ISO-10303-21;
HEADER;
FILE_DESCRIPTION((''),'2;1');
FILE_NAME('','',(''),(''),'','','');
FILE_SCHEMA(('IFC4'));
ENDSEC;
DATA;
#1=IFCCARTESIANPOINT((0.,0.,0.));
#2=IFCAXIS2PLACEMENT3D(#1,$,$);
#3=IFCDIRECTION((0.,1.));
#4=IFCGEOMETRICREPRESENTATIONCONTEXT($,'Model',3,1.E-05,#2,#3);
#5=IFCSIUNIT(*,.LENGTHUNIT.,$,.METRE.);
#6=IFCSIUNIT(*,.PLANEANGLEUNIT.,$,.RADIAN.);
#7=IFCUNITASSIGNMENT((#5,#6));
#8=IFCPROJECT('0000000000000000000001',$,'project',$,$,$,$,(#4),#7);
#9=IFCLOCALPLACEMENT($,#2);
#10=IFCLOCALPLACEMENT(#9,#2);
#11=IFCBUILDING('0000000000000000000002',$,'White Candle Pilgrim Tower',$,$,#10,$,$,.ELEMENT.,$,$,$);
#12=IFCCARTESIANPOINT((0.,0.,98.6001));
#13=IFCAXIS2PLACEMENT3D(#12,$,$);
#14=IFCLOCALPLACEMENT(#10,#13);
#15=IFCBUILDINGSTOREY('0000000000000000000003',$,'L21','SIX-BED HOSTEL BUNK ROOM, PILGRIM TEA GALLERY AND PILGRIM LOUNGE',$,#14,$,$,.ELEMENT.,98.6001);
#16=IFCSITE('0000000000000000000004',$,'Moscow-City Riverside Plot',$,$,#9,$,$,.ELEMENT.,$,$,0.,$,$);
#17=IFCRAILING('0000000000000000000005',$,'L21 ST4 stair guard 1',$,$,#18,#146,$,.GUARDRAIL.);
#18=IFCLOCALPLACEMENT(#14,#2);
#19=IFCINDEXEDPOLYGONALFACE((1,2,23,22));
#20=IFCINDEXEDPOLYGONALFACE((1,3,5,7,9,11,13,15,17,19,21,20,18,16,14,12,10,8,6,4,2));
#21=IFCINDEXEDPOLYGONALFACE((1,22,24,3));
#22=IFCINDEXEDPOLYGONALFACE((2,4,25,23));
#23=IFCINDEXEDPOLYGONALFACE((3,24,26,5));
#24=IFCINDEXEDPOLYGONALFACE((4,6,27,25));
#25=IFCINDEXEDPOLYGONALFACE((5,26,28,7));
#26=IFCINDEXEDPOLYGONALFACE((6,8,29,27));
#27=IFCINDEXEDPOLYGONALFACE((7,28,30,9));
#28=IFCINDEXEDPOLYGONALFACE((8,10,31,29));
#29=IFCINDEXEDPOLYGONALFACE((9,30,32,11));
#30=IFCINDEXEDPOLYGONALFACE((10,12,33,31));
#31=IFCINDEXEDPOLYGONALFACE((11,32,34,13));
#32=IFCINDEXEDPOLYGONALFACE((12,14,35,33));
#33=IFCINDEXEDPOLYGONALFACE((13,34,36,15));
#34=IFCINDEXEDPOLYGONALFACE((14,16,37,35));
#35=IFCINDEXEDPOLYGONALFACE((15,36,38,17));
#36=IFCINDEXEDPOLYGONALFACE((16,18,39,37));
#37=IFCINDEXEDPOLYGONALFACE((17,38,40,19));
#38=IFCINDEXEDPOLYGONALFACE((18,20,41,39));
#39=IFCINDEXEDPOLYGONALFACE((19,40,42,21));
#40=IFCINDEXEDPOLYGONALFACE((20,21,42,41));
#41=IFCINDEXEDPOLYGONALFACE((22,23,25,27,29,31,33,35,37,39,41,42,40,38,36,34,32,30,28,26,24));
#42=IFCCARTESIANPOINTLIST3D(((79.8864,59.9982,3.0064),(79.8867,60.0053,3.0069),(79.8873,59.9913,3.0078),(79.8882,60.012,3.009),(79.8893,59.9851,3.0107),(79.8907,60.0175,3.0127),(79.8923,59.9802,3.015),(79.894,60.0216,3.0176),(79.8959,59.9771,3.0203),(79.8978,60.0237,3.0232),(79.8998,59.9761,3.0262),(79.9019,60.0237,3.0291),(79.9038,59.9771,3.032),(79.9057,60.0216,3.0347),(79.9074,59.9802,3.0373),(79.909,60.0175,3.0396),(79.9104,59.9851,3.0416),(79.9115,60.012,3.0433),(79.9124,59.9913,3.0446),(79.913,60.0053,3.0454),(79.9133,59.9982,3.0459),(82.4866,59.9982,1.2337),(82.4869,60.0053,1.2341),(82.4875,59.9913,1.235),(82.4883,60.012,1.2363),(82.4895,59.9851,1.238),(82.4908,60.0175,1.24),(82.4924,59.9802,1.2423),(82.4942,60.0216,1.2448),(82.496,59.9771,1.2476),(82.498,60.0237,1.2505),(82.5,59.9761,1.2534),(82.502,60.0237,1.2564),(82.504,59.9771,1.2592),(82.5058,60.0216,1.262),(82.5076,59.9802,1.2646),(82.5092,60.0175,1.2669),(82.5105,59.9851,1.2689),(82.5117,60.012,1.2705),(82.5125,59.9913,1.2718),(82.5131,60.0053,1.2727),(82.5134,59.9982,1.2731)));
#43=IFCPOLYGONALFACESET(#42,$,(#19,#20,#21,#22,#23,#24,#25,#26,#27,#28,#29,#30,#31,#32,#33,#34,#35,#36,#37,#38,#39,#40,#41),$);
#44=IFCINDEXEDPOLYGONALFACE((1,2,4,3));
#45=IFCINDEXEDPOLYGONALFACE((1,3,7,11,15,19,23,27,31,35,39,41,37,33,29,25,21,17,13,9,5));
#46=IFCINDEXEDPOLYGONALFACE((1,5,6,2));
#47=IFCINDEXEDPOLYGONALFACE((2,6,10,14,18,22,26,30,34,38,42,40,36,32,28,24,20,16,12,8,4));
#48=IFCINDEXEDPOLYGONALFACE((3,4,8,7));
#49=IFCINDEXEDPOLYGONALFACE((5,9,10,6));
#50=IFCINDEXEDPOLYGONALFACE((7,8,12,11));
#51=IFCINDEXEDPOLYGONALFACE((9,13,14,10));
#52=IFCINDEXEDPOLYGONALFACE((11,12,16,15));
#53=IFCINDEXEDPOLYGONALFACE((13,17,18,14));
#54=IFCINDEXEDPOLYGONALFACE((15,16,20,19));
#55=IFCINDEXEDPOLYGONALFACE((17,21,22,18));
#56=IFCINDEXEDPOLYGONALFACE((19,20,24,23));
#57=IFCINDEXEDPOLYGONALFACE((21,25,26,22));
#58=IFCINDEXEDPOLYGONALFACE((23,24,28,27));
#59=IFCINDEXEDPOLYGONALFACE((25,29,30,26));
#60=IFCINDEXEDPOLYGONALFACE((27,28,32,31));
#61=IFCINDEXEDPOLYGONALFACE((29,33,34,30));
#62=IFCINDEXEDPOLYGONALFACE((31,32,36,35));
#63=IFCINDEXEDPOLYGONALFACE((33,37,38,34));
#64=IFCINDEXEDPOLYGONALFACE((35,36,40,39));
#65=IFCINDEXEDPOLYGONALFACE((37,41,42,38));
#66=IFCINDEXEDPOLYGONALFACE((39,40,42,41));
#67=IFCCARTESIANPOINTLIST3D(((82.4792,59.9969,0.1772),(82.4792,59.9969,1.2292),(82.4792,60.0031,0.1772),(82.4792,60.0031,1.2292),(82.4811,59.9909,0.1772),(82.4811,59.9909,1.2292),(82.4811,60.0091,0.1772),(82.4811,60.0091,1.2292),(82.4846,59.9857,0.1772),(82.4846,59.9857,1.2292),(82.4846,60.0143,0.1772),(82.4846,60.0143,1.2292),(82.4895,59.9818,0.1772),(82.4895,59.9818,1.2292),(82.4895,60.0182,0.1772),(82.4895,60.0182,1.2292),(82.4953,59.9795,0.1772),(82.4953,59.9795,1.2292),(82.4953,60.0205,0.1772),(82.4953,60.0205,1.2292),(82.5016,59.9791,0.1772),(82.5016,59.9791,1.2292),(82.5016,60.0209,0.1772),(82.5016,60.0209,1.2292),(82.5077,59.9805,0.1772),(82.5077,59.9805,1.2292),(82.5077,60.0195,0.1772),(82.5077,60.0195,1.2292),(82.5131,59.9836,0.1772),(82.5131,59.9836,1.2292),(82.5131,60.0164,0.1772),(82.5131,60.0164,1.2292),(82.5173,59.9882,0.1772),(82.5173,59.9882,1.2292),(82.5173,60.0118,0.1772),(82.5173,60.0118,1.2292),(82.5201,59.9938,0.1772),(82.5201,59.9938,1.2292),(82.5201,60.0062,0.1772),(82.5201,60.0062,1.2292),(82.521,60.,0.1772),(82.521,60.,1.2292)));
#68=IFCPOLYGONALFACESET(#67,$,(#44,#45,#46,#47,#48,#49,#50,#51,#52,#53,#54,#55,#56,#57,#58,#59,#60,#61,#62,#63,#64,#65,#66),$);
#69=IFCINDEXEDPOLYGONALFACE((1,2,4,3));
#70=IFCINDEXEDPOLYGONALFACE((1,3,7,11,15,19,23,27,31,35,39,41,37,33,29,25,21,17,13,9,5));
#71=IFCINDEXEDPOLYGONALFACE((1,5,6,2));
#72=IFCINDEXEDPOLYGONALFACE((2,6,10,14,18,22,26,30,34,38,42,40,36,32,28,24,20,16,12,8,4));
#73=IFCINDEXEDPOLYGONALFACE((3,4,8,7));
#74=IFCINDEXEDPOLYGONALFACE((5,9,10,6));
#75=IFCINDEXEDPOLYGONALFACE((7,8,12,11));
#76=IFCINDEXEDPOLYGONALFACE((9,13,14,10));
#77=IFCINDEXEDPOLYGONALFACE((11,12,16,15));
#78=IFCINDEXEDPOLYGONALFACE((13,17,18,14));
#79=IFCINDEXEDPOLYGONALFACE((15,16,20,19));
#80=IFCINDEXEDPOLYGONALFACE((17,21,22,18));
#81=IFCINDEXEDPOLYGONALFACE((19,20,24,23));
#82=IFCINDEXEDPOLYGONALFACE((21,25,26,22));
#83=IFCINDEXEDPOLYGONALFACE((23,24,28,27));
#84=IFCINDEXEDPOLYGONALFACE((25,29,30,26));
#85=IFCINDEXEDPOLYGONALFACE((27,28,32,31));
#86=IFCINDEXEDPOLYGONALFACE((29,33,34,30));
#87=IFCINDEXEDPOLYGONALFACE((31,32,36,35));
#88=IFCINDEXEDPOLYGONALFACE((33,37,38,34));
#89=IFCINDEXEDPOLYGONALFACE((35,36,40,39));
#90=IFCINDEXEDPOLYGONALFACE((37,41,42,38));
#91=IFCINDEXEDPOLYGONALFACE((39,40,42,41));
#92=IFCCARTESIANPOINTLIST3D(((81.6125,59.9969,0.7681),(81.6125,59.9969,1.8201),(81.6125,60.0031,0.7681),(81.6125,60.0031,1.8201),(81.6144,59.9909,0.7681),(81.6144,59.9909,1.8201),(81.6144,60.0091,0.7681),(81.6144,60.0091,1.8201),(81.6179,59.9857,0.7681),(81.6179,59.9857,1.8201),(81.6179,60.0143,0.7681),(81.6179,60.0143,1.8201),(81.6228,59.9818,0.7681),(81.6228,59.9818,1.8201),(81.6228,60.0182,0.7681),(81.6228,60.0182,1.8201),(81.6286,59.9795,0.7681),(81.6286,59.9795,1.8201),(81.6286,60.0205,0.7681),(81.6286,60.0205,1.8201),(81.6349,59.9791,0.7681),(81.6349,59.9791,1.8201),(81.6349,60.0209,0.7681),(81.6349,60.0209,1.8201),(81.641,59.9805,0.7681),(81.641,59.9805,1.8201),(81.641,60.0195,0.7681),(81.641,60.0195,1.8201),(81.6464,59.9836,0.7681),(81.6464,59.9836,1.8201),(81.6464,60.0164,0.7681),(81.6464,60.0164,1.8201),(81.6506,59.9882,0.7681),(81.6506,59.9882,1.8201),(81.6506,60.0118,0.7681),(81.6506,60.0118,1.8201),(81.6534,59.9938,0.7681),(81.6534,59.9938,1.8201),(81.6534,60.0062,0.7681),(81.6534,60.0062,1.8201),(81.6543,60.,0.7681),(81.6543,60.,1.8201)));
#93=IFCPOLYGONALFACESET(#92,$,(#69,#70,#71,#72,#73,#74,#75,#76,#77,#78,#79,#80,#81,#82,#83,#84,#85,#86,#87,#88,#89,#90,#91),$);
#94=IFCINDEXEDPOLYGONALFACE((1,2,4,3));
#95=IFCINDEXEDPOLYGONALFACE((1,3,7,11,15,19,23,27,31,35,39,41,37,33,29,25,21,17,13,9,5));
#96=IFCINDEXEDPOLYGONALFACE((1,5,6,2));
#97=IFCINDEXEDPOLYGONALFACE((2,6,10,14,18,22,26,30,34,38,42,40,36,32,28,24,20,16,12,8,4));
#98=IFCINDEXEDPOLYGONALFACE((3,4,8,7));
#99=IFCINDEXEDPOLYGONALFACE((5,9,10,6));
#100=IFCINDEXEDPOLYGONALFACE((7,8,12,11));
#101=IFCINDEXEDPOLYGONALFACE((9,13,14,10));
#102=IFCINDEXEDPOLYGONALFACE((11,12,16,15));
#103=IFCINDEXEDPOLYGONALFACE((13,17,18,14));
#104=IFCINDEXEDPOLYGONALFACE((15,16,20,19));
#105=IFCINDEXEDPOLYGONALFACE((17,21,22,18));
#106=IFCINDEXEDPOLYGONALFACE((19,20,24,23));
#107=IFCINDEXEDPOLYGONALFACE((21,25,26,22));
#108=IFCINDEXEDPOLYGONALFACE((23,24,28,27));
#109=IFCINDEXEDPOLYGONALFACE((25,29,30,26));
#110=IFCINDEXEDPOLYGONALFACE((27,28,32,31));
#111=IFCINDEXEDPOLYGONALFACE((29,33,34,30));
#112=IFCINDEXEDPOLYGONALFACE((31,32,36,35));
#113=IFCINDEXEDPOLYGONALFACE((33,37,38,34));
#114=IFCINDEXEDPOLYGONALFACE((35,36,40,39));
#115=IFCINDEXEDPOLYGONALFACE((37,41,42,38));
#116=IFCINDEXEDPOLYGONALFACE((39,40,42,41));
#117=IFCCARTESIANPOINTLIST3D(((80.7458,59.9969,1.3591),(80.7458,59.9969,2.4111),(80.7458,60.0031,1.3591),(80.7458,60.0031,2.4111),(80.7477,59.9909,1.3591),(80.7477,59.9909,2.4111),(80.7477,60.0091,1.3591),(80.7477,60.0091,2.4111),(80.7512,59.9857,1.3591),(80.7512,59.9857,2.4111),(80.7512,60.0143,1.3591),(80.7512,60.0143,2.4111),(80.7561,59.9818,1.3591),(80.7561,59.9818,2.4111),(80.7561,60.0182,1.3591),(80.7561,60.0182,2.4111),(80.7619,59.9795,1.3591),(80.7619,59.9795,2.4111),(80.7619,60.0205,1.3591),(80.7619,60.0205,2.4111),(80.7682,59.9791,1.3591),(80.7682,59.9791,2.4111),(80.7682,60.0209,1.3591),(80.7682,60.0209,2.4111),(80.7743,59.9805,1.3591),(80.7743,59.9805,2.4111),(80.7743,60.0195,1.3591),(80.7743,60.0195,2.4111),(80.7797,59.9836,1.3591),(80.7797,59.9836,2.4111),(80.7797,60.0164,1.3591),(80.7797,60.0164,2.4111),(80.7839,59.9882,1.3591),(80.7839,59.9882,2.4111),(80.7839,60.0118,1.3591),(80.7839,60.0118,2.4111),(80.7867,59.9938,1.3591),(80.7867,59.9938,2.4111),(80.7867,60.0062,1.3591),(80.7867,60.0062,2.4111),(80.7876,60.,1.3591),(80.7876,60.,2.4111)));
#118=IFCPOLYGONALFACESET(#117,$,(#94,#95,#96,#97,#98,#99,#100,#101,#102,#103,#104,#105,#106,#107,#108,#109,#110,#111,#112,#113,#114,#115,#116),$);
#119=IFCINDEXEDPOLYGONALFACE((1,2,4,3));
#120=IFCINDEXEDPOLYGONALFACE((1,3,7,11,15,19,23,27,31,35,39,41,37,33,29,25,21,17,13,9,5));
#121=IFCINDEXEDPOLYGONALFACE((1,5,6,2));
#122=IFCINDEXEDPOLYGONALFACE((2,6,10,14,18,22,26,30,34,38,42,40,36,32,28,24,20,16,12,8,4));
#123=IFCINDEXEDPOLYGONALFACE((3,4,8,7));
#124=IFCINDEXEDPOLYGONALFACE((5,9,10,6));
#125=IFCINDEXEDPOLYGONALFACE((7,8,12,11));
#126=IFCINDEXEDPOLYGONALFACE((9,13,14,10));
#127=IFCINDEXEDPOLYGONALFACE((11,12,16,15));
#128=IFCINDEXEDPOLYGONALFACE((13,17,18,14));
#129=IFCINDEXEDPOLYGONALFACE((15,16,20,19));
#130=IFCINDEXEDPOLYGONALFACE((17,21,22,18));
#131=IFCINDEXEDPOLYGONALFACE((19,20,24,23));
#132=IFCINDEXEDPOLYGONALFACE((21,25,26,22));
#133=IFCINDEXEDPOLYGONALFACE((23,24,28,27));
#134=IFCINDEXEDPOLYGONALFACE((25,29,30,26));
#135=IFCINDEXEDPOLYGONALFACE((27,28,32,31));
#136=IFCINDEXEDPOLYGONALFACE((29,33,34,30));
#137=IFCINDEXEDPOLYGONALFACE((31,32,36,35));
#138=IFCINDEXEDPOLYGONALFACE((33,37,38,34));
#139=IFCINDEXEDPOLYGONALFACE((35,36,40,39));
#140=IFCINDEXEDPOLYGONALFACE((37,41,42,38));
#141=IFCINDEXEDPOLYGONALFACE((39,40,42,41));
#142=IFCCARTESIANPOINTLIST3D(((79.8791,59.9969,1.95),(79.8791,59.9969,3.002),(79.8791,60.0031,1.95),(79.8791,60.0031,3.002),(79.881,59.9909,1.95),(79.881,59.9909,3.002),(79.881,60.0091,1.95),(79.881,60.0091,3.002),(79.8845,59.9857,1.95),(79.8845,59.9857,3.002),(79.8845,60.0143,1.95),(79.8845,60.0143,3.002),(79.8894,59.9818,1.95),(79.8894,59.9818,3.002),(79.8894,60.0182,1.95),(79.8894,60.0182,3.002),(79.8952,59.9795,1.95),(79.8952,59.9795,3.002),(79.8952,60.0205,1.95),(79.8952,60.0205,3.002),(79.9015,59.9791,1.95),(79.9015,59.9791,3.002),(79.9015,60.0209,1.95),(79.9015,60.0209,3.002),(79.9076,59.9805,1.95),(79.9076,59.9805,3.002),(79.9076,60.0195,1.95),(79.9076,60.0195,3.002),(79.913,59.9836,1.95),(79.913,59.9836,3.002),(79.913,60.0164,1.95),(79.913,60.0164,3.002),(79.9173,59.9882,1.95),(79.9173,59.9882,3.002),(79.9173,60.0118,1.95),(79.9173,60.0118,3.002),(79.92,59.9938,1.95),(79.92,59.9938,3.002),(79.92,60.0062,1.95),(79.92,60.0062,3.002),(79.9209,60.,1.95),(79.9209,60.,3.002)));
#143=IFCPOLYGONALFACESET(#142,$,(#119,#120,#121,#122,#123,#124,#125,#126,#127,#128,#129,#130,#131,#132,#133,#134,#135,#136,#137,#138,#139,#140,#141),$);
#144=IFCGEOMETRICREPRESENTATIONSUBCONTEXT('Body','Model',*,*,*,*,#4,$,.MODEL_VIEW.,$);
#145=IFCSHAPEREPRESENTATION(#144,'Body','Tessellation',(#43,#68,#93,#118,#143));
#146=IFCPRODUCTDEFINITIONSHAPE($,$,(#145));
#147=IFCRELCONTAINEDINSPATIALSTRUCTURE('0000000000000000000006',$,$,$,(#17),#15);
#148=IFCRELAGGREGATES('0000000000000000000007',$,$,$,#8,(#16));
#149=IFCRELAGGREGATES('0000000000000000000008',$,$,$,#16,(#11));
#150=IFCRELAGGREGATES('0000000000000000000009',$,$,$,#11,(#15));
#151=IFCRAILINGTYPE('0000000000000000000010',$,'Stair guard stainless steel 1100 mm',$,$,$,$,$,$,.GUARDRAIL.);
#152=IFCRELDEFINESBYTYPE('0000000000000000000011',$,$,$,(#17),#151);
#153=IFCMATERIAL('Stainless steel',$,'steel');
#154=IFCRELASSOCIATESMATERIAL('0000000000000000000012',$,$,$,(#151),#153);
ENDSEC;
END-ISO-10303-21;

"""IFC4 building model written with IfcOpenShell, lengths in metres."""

from ifc_helpers import new_model, si_unit, direction, frame, origin, origin_2d, place, context, subcontext, project, spatial, circle, extrude, material, type_object, element, save


model = new_model("IFC4")

# Units and contexts
model_context = context("Model", 3, precision=1e-05, world=origin(), true_north=direction((0.0, 1.0)))
body_context = subcontext(model_context, "Body", "Model", "MODEL_VIEW")
ifc_project = project(units=[si_unit("LENGTHUNIT", "METRE"), si_unit("PLANEANGLEUNIT", "RADIAN")], contexts=[model_context])

# Site, building, storey
site_placement = place(None, origin())
site = spatial("IfcSite", under=ifc_project, at=site_placement, Name="Moscow-City Riverside Plot", CompositionType="ELEMENT", RefElevation=0.0)
building_placement = place(site_placement, origin())
building = spatial("IfcBuilding", under=site, at=building_placement, Name="White Candle Pilgrim Tower", CompositionType="ELEMENT")
storey_placement = place(building_placement, frame((0.0, 0.0, 98.6001)))
storey = spatial("IfcBuildingStorey", under=building, at=storey_placement, Name="L21", Description="SIX-BED HOSTEL BUNK ROOM, PILGRIM TEA GALLERY AND PILGRIM LOUNGE", CompositionType="ELEMENT", Elevation=98.6001)

# Railing
ifc_material_1 = material(Name="Stainless steel", Category="steel")
railing_type_1 = type_object("IfcRailingType", Name="Stair guard stainless steel 1100 mm", PredefinedType="GUARDRAIL", material=ifc_material_1)
railing_1_placement = place(storey_placement, frame((82.5, 60.0, 0.1772)))
element("IfcRailing", 1, at=railing_1_placement, inside=storey, type_object=railing_type_1, Name="L21 ST4 stair guard 1", PredefinedType="GUARDRAIL", context=body_context, shape_type="SweptSolid", body=[
    extrude(circle(Radius=0.0239, at=origin_2d()), frame((0.0, 0.0, 1.0762), z_axis=(-0.82624, 0.0, 0.563318), x_axis=(0.0, -1.0, 0.0)), (0.0, 0.0, 1.0), 3.147),
    extrude(circle(Radius=0.021, at=origin_2d()), origin(), (0.0, 0.0, 1.0), 1.052),
    extrude(circle(Radius=0.021, at=origin_2d()), frame((-0.8667, 0.0, 0.5908)), (0.0, 0.0, 1.0), 1.052),
    extrude(circle(Radius=0.021, at=origin_2d()), frame((-1.7334, 0.0, 1.1819)), (0.0, 0.0, 1.0), 1.052),
    extrude(circle(Radius=0.021, at=origin_2d()), frame((-2.6001, 0.0, 1.7727)), (0.0, 0.0, 1.0), 1.052),
])

save(model, "model.ifc")
